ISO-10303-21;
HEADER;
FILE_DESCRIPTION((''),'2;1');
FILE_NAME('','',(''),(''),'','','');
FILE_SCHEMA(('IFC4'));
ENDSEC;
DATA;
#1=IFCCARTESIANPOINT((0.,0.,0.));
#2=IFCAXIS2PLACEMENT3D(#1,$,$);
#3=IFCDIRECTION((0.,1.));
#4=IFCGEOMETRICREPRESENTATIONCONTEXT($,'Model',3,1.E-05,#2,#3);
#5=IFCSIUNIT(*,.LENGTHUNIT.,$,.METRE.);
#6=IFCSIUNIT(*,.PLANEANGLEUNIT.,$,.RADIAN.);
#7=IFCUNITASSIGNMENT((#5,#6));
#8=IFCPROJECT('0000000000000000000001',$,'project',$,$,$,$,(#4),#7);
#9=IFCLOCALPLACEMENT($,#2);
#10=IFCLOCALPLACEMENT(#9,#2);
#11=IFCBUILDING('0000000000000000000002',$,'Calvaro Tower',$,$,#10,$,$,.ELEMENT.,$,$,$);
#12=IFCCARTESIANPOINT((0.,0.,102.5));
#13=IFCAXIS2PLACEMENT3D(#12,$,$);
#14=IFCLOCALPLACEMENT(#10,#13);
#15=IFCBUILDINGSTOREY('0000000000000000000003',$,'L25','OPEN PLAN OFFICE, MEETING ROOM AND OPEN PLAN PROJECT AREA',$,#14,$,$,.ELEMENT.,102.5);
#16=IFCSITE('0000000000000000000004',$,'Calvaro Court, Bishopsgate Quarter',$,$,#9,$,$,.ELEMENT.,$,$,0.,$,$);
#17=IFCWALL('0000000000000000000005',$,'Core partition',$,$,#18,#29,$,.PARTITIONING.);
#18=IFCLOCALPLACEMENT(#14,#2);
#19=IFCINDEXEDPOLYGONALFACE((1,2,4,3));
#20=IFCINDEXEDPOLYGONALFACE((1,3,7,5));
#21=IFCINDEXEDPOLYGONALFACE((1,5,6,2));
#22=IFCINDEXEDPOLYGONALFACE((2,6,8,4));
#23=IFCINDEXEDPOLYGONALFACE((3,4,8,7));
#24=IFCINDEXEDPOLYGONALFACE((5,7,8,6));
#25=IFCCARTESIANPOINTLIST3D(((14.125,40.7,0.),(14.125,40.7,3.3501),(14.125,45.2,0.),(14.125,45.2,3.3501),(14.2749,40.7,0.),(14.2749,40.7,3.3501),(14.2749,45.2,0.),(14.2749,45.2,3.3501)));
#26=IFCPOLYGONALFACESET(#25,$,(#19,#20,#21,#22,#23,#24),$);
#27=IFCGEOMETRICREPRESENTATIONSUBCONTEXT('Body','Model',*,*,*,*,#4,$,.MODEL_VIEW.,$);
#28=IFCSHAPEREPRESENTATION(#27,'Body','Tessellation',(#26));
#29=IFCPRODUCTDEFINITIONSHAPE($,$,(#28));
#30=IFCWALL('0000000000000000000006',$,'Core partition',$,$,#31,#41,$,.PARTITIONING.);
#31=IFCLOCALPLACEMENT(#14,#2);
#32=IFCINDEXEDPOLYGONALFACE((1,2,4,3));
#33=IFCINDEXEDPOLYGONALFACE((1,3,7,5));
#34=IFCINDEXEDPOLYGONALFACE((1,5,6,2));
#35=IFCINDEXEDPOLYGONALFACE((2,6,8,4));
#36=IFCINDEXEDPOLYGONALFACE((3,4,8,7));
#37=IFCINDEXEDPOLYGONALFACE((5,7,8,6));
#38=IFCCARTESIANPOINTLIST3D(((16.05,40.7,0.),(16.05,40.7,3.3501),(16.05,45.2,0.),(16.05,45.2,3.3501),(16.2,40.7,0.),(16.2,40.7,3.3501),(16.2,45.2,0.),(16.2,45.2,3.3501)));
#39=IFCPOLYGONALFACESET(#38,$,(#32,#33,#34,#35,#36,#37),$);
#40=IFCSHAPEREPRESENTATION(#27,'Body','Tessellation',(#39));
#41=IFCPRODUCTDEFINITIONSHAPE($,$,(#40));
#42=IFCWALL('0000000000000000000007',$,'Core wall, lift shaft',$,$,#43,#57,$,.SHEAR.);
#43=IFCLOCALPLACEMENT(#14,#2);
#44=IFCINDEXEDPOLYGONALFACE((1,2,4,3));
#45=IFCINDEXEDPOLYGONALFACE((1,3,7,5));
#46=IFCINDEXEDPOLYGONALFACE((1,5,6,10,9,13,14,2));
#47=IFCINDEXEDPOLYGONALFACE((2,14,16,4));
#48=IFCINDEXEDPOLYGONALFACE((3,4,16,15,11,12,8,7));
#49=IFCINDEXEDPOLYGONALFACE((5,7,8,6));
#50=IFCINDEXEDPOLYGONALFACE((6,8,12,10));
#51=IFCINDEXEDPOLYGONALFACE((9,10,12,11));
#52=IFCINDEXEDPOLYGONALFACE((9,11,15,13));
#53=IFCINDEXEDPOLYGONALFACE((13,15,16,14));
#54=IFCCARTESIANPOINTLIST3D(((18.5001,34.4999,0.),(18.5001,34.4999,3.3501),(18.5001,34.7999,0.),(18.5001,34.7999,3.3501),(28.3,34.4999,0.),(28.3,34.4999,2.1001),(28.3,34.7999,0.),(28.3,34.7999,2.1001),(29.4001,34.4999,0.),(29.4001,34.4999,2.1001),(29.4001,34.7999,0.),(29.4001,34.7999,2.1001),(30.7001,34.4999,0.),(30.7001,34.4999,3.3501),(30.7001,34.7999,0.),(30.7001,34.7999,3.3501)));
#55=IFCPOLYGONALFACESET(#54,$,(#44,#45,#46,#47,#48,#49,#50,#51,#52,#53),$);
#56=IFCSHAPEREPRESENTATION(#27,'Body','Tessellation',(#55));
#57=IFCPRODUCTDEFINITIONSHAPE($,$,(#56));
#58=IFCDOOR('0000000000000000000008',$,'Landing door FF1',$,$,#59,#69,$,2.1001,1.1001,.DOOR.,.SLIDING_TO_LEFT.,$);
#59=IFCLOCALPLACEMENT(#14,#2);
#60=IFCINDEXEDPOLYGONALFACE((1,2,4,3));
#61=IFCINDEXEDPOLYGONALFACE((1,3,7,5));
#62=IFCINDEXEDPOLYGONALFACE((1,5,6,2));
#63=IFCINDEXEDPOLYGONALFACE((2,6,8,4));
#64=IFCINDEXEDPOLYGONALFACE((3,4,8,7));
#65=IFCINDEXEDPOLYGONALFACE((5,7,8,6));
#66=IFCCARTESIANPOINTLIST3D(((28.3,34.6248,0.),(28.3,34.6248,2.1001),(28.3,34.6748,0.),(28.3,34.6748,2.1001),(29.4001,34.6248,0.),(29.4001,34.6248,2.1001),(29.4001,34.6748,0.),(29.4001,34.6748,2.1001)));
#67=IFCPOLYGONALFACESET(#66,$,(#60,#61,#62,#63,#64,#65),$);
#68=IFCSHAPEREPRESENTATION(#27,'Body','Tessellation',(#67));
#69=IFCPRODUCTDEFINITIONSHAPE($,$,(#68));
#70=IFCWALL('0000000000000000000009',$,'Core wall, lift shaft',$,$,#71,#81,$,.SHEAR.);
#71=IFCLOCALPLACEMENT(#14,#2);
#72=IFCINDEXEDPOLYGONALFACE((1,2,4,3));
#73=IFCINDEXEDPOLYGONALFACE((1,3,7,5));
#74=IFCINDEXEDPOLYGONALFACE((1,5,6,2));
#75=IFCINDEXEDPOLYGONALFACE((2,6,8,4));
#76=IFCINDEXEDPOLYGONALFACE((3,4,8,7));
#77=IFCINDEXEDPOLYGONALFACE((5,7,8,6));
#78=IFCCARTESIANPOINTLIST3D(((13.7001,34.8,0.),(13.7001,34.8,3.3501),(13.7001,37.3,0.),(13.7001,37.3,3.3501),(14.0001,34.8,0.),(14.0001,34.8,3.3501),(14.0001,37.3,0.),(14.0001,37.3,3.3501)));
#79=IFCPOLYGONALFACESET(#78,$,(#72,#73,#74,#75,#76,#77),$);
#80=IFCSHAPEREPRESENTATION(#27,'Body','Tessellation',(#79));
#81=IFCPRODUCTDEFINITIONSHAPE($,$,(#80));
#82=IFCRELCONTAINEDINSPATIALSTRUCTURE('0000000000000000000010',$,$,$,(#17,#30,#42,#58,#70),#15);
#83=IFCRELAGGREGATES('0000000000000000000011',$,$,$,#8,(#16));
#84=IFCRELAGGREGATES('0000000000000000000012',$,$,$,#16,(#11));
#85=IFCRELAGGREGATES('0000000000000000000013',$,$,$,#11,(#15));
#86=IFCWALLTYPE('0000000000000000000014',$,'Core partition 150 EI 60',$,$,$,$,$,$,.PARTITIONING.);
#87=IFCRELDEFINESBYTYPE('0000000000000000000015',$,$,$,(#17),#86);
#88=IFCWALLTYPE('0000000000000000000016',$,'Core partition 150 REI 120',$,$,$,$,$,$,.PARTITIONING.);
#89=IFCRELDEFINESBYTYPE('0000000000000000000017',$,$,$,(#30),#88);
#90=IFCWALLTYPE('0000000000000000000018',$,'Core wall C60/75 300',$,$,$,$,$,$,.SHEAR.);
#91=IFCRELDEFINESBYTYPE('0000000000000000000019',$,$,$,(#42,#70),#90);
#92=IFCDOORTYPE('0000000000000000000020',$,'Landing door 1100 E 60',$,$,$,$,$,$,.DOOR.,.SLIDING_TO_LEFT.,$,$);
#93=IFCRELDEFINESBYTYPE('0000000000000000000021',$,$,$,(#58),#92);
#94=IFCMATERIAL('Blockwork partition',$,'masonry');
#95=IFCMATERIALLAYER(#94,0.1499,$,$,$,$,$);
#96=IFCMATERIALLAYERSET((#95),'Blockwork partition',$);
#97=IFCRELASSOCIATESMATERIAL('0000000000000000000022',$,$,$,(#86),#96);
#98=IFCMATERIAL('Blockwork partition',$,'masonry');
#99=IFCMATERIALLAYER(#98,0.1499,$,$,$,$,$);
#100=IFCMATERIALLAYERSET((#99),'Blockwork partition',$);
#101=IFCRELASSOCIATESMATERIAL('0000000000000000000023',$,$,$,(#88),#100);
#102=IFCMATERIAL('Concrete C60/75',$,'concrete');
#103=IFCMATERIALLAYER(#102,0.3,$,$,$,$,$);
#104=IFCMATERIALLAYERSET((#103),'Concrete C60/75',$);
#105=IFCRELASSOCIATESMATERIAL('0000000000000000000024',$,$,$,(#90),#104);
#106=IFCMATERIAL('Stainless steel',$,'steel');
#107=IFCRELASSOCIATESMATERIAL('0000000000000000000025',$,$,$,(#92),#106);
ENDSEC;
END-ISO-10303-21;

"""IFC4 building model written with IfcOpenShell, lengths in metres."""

from ifc_helpers import new_model, si_unit, direction, frame, frame_2d, origin, place, context, subcontext, project, spatial, rectangle, extrude, material, layer, layer_set, type_object, element, fill, save


model = new_model("IFC4")

# Units and contexts
model_context = context("Model", 3, precision=1e-05, world=origin(), true_north=direction((0.0, 1.0)))
body_context = subcontext(model_context, "Body", "Model", "MODEL_VIEW")
ifc_project = project(units=[si_unit("LENGTHUNIT", "METRE"), si_unit("PLANEANGLEUNIT", "RADIAN")], contexts=[model_context])

# Site, building, storey
site_placement = place(None, origin())
site = spatial("IfcSite", under=ifc_project, at=site_placement, Name="Calvaro Court, Bishopsgate Quarter", CompositionType="ELEMENT", RefElevation=0.0)
building_placement = place(site_placement, origin())
building = spatial("IfcBuilding", under=site, at=building_placement, Name="Calvaro Tower", CompositionType="ELEMENT")
storey_placement = place(building_placement, frame((0.0, 0.0, 102.5)))
storey = spatial("IfcBuildingStorey", under=building, at=storey_placement, Name="L25", Description="OPEN PLAN OFFICE, MEETING ROOM AND OPEN PLAN PROJECT AREA", CompositionType="ELEMENT", Elevation=102.5)

# Walls
ifc_material_1 = material(Name="Blockwork partition", Category="masonry")
ifc_layer_1 = layer(ifc_material_1, 0.1499)
ifc_layer_set_1 = layer_set([ifc_layer_1], Name="Blockwork partition")
wall_type_1 = type_object("IfcWallType", Name="Core partition 150 EI 60", PredefinedType="PARTITIONING", material=ifc_layer_set_1)
wall_1_placement = place(storey_placement, frame((14.2, 40.7, 0.0), z_axis=(0.0, 0.0, 1.0), x_axis=(0.0, 1.0, 0.0)))
element("IfcWall", 1, at=wall_1_placement, inside=storey, type_object=wall_type_1, Name="Core partition", PredefinedType="PARTITIONING", context=body_context, shape_type="SweptSolid", body=[
    extrude(rectangle(XDim=4.5, YDim=0.1499, at=frame_2d((2.25, 0.0))), origin(), (0.0, 0.0, 1.0), 3.3501),
])
ifc_material_2 = material(Name="Blockwork partition", Category="masonry")
ifc_layer_2 = layer(ifc_material_2, 0.1499)
ifc_layer_set_2 = layer_set([ifc_layer_2], Name="Blockwork partition")
wall_type_2 = type_object("IfcWallType", Name="Core partition 150 REI 120", PredefinedType="PARTITIONING", material=ifc_layer_set_2)
wall_2_placement = place(storey_placement, frame((16.125, 40.7, 0.0), z_axis=(0.0, 0.0, 1.0), x_axis=(0.0, 1.0, 0.0)))
element("IfcWall", 2, at=wall_2_placement, inside=storey, type_object=wall_type_2, Name="Core partition", PredefinedType="PARTITIONING", context=body_context, shape_type="SweptSolid", body=[
    extrude(rectangle(XDim=4.5, YDim=0.1499, at=frame_2d((2.25, 0.0))), origin(), (0.0, 0.0, 1.0), 3.3501),
])

# Wall, opening, door
ifc_material_3 = material(Name="Concrete C60/75", Category="concrete")
ifc_layer_3 = layer(ifc_material_3, 0.3)
ifc_layer_set_3 = layer_set([ifc_layer_3], Name="Concrete C60/75")
wall_type_3 = type_object("IfcWallType", Name="Core wall C60/75 300", PredefinedType="SHEAR", material=ifc_layer_set_3)
wall_3_placement = place(storey_placement, frame((18.5, 34.6499, 0.0), z_axis=(0.0, 0.0, 1.0), x_axis=(1.0, 0.0, 0.0)))
wall_3 = element("IfcWall", 3, at=wall_3_placement, inside=storey, type_object=wall_type_3, Name="Core wall, lift shaft", PredefinedType="SHEAR", context=body_context, shape_type="SweptSolid", body=[
    extrude(rectangle(XDim=12.2, YDim=0.3, at=frame_2d((6.1001, 0.0))), origin(), (0.0, 0.0, 1.0), 3.3501),
])
opening_1_placement = place(wall_3_placement, frame((9.8, 0.0, 0.0)))
opening_1 = element("IfcOpeningElement", 4, at=opening_1_placement, cuts=wall_3, PredefinedType="OPENING", context=body_context, shape_type="SweptSolid", body=[
    extrude(rectangle(XDim=1.1001, YDim=2.1001, at=frame_2d((0.55, 1.05))), frame((0.0, 0.1599, 0.0), z_axis=(0.0, -1.0, 0.0), x_axis=(1.0, 0.0, 0.0)), (0.0, 0.0, 1.0), 0.3201),
])
ifc_material_4 = material(Name="Stainless steel", Category="steel")
door_type_1 = type_object("IfcDoorType", Name="Landing door 1100 E 60", OperationType="SLIDING_TO_LEFT", PredefinedType="DOOR", material=ifc_material_4)
door_1_placement = place(opening_1_placement, origin())
door_1 = element("IfcDoor", 5, at=door_1_placement, inside=storey, type_object=door_type_1, Name="Landing door FF1", OperationType="SLIDING_TO_LEFT", OverallHeight=2.1001, OverallWidth=1.1001, PredefinedType="DOOR", context=body_context, shape_type="SweptSolid", body=[
    extrude(rectangle(XDim=1.1001, YDim=2.1001, at=frame_2d((0.55, 1.05))), frame((0.0, 0.0249, 0.0), z_axis=(0.0, -1.0, 0.0), x_axis=(1.0, 0.0, 0.0)), (0.0, 0.0, 1.0), 0.05),
])
fill(opening_1, door_1)

# Wall
wall_4_placement = place(storey_placement, frame((13.8501, 34.8, 0.0), z_axis=(0.0, 0.0, 1.0), x_axis=(0.0, 1.0, 0.0)))
element("IfcWall", 6, at=wall_4_placement, inside=storey, type_object=wall_type_3, Name="Core wall, lift shaft", PredefinedType="SHEAR", context=body_context, shape_type="SweptSolid", body=[
    extrude(rectangle(XDim=2.5, YDim=0.3, at=frame_2d((1.25, 0.0))), origin(), (0.0, 0.0, 1.0), 3.3501),
])

save(model, "model.ifc")
